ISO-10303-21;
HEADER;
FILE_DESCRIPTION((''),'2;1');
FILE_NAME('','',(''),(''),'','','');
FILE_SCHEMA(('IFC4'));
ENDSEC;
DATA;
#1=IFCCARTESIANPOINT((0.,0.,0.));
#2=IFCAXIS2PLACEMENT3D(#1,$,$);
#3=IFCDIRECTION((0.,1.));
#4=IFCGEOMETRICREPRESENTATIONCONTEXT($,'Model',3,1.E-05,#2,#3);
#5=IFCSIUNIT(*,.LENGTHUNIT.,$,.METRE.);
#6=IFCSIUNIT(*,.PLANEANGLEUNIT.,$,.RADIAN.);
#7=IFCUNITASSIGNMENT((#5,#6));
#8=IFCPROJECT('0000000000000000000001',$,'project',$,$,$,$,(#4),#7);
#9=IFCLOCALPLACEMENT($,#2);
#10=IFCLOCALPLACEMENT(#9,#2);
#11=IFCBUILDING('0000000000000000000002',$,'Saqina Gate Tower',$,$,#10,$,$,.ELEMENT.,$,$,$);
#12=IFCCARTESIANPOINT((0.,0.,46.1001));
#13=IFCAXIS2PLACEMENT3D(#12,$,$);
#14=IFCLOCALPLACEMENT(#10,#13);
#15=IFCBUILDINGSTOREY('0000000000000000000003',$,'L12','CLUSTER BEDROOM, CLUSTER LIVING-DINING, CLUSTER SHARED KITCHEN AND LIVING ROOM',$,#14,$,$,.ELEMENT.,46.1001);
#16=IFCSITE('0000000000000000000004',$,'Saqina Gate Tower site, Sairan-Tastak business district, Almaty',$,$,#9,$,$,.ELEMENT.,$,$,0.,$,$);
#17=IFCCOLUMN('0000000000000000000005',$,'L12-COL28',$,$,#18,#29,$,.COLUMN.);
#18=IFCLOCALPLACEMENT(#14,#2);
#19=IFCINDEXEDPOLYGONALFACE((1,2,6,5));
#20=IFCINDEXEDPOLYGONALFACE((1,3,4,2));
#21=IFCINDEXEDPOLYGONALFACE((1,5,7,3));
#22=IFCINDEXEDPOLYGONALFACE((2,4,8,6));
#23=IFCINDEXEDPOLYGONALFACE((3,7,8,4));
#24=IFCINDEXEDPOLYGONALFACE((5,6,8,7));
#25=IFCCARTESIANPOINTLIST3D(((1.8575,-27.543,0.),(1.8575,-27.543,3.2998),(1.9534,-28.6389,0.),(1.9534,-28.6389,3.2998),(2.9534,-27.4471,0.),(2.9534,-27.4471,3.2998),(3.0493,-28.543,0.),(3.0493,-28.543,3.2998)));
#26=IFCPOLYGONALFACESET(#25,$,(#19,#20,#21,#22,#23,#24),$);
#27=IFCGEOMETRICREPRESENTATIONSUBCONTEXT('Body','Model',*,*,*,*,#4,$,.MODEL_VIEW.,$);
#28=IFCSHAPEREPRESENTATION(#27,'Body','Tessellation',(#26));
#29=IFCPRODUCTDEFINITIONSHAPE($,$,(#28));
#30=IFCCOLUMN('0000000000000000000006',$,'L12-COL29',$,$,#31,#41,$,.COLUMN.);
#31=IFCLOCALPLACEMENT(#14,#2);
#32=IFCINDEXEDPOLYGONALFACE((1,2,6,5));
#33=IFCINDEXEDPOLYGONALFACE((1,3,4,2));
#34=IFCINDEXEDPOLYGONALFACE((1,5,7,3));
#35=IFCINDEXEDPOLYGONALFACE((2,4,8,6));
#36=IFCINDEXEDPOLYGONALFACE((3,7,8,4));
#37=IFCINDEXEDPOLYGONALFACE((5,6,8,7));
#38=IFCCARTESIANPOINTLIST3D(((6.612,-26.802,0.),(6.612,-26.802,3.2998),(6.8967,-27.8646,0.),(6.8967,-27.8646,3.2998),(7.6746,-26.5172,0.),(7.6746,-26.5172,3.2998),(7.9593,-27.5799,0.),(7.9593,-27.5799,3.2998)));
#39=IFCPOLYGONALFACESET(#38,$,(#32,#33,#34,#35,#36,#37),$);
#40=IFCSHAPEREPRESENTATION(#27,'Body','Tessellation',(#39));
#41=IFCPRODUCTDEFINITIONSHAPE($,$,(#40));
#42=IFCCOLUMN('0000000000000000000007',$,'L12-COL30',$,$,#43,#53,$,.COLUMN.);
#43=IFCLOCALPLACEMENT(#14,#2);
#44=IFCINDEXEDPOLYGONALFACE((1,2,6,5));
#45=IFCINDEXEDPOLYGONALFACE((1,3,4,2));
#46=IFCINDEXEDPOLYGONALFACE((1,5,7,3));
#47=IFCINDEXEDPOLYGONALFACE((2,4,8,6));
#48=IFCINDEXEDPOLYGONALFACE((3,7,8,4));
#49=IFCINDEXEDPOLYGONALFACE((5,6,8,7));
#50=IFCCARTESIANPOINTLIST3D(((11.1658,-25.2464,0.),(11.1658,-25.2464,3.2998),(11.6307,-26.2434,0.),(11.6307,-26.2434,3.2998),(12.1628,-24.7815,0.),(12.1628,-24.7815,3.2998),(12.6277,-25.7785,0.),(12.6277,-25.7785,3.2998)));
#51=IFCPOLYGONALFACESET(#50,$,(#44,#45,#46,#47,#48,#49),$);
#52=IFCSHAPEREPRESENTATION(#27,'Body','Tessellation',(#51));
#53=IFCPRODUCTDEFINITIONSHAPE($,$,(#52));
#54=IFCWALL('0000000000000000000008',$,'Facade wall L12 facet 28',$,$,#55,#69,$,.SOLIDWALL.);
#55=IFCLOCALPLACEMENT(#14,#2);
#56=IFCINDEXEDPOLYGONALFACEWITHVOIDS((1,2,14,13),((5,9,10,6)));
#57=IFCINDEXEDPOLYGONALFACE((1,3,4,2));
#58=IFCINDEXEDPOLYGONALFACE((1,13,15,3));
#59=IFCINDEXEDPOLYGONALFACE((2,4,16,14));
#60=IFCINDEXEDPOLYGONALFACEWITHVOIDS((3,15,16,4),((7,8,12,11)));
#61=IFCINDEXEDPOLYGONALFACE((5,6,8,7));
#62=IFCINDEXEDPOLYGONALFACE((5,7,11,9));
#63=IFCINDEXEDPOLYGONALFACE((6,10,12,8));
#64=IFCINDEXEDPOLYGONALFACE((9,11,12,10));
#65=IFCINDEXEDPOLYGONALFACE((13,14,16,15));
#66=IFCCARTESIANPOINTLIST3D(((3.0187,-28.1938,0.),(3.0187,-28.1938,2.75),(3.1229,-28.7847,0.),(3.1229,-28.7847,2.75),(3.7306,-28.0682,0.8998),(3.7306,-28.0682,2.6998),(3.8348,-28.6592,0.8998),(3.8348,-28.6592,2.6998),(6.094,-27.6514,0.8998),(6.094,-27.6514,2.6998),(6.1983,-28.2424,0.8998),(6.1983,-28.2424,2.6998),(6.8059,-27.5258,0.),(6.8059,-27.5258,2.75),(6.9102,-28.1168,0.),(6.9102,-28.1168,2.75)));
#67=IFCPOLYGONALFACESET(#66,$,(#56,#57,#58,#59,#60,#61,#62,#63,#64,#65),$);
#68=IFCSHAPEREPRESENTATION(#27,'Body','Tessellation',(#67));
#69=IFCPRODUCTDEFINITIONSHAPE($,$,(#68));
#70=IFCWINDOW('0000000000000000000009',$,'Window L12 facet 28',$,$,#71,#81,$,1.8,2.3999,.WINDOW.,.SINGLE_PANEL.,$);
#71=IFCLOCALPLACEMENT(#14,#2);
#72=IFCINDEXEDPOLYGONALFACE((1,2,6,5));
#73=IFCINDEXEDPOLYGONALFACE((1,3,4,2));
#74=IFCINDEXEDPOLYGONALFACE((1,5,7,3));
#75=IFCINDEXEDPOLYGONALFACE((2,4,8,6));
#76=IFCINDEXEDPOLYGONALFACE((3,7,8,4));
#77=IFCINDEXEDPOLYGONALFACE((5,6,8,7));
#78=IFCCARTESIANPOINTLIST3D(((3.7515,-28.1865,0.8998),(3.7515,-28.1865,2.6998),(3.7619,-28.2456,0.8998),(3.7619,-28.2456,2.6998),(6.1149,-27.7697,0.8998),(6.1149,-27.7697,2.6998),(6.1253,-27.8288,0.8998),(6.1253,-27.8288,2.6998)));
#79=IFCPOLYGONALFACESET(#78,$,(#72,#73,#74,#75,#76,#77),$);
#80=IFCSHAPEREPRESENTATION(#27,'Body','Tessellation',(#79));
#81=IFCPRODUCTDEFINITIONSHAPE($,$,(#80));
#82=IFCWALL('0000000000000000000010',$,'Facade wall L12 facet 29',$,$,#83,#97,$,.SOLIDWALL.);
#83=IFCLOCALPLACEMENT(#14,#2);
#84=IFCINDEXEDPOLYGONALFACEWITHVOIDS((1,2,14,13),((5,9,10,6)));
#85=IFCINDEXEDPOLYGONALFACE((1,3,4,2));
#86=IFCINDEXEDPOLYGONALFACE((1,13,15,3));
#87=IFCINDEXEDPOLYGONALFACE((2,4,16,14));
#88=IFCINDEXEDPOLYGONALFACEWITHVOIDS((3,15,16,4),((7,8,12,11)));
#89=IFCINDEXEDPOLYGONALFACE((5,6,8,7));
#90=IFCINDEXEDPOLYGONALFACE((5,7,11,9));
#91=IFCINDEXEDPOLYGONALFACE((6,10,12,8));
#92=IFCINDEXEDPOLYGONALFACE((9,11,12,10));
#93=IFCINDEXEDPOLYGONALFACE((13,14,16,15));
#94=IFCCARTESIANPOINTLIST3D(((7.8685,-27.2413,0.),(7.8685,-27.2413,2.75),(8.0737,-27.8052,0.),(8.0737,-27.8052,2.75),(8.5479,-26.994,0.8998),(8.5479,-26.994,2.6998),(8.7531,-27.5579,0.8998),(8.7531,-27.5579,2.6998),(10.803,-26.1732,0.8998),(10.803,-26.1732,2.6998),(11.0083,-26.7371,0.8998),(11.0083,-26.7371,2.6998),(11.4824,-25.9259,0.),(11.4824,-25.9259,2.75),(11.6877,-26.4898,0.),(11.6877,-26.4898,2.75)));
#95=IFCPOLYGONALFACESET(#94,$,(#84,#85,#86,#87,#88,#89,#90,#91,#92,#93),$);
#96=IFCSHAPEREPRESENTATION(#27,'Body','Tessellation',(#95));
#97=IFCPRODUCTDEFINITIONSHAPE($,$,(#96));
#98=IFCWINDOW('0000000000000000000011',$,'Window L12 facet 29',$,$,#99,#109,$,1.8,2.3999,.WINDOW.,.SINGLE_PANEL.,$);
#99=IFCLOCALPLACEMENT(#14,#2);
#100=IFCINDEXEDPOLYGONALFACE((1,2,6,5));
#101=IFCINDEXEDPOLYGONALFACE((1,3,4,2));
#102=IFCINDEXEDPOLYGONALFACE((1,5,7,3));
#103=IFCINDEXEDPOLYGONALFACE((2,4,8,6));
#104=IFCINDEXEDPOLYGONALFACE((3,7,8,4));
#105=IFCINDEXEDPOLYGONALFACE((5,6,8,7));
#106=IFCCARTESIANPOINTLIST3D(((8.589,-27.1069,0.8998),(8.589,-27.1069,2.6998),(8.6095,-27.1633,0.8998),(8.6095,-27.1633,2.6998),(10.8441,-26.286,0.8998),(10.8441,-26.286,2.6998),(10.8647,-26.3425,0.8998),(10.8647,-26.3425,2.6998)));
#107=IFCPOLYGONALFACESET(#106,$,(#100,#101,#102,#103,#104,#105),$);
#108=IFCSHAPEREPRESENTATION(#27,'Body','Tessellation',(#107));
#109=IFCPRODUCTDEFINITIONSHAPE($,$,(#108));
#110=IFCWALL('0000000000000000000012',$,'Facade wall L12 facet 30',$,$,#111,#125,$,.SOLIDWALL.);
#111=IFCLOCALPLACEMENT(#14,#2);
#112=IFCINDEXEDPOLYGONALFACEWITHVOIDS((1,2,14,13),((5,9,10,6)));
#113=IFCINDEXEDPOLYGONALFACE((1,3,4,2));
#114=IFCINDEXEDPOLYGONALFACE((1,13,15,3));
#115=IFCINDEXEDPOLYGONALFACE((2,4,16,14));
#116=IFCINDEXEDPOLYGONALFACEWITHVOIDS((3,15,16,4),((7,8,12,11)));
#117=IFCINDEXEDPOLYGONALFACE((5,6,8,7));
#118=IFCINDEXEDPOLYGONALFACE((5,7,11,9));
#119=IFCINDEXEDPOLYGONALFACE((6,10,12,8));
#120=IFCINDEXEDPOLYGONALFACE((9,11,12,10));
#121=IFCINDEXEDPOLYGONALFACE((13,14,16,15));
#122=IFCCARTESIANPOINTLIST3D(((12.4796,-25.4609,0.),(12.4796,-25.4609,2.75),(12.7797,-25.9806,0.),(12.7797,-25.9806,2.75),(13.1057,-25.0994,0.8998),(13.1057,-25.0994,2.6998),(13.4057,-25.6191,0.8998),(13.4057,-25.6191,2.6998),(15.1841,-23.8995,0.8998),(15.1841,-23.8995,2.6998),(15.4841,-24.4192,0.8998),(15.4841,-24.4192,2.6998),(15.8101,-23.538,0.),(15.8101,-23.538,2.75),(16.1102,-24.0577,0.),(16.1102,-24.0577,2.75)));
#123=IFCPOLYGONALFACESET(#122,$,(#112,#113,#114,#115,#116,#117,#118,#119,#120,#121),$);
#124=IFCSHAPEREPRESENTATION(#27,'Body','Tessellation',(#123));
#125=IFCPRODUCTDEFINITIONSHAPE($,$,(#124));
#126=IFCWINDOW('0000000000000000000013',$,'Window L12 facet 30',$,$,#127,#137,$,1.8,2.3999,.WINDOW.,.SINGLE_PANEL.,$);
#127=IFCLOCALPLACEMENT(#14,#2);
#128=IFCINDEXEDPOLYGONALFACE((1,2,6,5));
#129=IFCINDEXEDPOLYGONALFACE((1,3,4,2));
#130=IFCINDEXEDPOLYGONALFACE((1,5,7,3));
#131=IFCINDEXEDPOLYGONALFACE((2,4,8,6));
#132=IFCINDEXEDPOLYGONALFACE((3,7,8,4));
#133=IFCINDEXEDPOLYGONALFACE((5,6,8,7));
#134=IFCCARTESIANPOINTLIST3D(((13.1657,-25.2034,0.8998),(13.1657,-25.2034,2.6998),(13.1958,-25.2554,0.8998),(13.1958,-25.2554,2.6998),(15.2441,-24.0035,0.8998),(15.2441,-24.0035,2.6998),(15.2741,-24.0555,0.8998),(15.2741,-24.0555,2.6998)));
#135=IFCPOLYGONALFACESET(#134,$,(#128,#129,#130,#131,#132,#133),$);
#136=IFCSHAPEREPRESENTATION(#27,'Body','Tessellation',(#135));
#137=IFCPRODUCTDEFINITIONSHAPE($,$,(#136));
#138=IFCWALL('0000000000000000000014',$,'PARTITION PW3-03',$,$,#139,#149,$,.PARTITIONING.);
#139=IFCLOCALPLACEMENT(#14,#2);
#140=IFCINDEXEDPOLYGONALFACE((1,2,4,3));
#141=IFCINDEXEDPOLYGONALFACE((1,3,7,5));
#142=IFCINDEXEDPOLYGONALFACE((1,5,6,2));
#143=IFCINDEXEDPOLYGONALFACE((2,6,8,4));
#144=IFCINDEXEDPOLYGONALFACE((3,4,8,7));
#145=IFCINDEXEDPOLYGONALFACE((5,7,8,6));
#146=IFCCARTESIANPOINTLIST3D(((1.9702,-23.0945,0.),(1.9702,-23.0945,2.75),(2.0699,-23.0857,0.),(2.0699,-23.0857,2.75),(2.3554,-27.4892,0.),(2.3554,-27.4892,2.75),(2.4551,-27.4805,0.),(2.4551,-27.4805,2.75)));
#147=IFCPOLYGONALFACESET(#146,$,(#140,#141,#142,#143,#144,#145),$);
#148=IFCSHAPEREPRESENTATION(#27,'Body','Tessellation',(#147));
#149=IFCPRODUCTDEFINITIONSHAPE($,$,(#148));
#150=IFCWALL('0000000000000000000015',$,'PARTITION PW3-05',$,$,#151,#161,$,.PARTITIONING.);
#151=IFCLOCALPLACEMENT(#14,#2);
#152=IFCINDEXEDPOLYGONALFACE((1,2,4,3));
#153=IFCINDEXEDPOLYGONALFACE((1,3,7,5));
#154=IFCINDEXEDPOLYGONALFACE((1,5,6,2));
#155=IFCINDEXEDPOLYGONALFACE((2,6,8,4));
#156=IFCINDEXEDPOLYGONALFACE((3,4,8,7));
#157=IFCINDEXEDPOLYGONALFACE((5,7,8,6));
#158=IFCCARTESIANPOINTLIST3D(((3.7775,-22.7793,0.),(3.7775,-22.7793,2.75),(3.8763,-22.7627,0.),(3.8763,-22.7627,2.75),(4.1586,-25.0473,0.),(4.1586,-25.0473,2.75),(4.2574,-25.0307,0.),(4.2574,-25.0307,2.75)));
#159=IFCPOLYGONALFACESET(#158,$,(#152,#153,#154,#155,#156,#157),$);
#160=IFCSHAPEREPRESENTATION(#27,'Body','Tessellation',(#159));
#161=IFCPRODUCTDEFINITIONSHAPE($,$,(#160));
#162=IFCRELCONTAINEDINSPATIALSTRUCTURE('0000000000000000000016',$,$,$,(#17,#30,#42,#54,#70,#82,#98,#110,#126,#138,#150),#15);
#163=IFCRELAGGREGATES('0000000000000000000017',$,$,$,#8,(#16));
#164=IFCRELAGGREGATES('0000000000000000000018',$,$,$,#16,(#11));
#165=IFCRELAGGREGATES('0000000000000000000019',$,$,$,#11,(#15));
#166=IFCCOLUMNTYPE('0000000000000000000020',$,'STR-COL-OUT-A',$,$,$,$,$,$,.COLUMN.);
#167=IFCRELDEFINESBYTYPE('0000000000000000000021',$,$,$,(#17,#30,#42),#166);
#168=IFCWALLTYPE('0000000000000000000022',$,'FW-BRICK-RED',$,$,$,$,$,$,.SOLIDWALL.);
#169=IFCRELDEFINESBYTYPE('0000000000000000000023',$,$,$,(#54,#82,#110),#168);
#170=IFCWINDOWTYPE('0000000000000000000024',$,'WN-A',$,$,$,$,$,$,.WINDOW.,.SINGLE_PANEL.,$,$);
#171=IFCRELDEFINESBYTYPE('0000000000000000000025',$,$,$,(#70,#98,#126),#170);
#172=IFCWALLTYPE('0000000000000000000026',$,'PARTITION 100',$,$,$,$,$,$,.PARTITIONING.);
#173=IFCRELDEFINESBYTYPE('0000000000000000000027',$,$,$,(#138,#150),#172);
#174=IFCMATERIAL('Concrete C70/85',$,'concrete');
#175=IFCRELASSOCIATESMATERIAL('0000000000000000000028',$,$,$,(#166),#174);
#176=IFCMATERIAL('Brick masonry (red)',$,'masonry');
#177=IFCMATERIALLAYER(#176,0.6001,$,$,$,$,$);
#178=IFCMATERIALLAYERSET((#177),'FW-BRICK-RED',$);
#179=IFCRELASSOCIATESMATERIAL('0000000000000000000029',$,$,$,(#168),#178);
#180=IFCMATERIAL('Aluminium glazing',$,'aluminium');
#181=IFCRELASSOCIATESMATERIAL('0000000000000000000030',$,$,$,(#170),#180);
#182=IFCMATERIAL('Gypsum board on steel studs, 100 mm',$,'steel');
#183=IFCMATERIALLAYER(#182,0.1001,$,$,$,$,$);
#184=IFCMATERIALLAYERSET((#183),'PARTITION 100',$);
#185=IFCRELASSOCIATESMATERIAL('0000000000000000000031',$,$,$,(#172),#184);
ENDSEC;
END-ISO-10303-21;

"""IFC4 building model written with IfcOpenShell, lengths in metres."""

from ifc_helpers import new_model, si_unit, direction, frame, frame_2d, origin, origin_2d, place, context, subcontext, project, spatial, rectangle, extrude, material, layer, layer_set, material_profile, profile_set, type_object, element, fill, save


model = new_model("IFC4")

# Units and contexts
model_context = context("Model", 3, precision=1e-05, world=origin(), true_north=direction((0.0, 1.0)))
body_context = subcontext(model_context, "Body", "Model", "MODEL_VIEW")
ifc_project = project(units=[si_unit("LENGTHUNIT", "METRE"), si_unit("PLANEANGLEUNIT", "RADIAN")], contexts=[model_context])

# Site, building, storey
site_placement = place(None, origin())
site = spatial("IfcSite", under=ifc_project, at=site_placement, Name="Saqina Gate Tower site, Sairan-Tastak business district, Almaty", CompositionType="ELEMENT", RefElevation=0.0)
building_placement = place(site_placement, origin())
building = spatial("IfcBuilding", under=site, at=building_placement, Name="Saqina Gate Tower", CompositionType="ELEMENT")
storey_placement = place(building_placement, frame((0.0, 0.0, 46.1001)))
storey = spatial("IfcBuildingStorey", under=building, at=storey_placement, Name="L12", Description="CLUSTER BEDROOM, CLUSTER LIVING-DINING, CLUSTER SHARED KITCHEN AND LIVING ROOM", CompositionType="ELEMENT", Elevation=46.1001)

# Columns
ifc_material_1 = material(Name="Concrete C70/85", Category="concrete")
ifc_material_profile = material_profile(ifc_material_1, rectangle(XDim=1.1001, YDim=1.1001, at=origin_2d()), Name="RC 1100x1100")
ifc_profile_set = profile_set([ifc_material_profile], Name="Concrete C70/85")
column_type = type_object("IfcColumnType", Name="STR-COL-OUT-A", PredefinedType="COLUMN", material=ifc_profile_set)
for number, where, z_axis, x_axis, name in (
    (1, (2.4534, -28.043, 0.0), (0.0, 0.0, 1.0), (0.087156, -0.996195, 0.0), "L12-COL28"),
    (2, (7.2856, -27.1909, 0.0), (0.0, 0.0, 1.0), (0.258819, -0.965926, 0.0), "L12-COL29"),
    (3, (11.8967, -25.5125, 0.0), (0.0, 0.0, 1.0), (0.422618, -0.906308, 0.0), "L12-COL30"),
):
    element("IfcColumn", number, at=place(storey_placement, frame(where, z_axis=z_axis, x_axis=x_axis)), inside=storey, type_object=column_type, Name=name, PredefinedType="COLUMN", context=body_context, shape_type="SweptSolid", body=[
        extrude(rectangle(XDim=1.1001, YDim=1.1001, at=origin_2d()), origin(), (0.0, 0.0, 1.0), 3.2998),
    ])

# Walls, openings, windows
ifc_material_2 = material(Name="Brick masonry (red)", Category="masonry")
ifc_layer_1 = layer(ifc_material_2, 0.6001)
ifc_layer_set_1 = layer_set([ifc_layer_1], Name="FW-BRICK-RED")
wall_type_1 = type_object("IfcWallType", Name="FW-BRICK-RED", PredefinedType="SOLIDWALL", material=ifc_layer_set_1)
wall_1_placement = place(storey_placement, frame((3.0708, -28.4893, 0.0), z_axis=(0.0, 0.0, 1.0), x_axis=(0.984801, 0.173688, 0.0)))
wall_1 = element("IfcWall", 4, at=wall_1_placement, inside=storey, type_object=wall_type_1, Name="Facade wall L12 facet 28", PredefinedType="SOLIDWALL", context=body_context, shape_type="SweptSolid", body=[
    extrude(rectangle(XDim=3.8457, YDim=0.6001, at=frame_2d((1.9229, 0.0))), origin(), (0.0, 0.0, 1.0), 2.75),
])
opening_1_placement = place(wall_1_placement, frame((0.7229, 0.0, 0.8999)))
opening_1 = element("IfcOpeningElement", 5, at=opening_1_placement, cuts=wall_1, PredefinedType="OPENING", context=body_context, shape_type="SweptSolid", body=[
    extrude(rectangle(XDim=2.3999, YDim=1.8, at=frame_2d((1.2, 0.8999))), frame((0.0, 0.312, 0.0), z_axis=(0.0, -1.0, 0.0), x_axis=(1.0, 0.0, 0.0)), (0.0, 0.0, 1.0), 0.624),
])
ifc_material_3 = material(Name="Aluminium glazing", Category="aluminium")
window_type = type_object("IfcWindowType", Name="WN-A", PartitioningType="SINGLE_PANEL", PredefinedType="WINDOW", material=ifc_material_3)
window_1_placement = place(opening_1_placement, origin())
window_1 = element("IfcWindow", 6, at=window_1_placement, inside=storey, type_object=window_type, Name="Window L12 facet 28", OverallHeight=1.8, OverallWidth=2.3999, PartitioningType="SINGLE_PANEL", PredefinedType="WINDOW", context=body_context, shape_type="SweptSolid", body=[
    extrude(rectangle(XDim=2.3999, YDim=1.8, at=frame_2d((1.2, 0.8999))), frame((0.0, 0.1799, 0.0), z_axis=(0.0, -1.0, 0.0), x_axis=(1.0, 0.0, 0.0)), (0.0, 0.0, 1.0), 0.0601),
])
fill(opening_1, window_1)
wall_2_placement = place(storey_placement, frame((7.9712, -27.5232, 0.0), z_axis=(0.0, 0.0, 1.0), x_axis=(0.93969, 0.342028, 0.0)))
wall_2 = element("IfcWall", 7, at=wall_2_placement, inside=storey, type_object=wall_type_1, Name="Facade wall L12 facet 29", PredefinedType="SOLIDWALL", context=body_context, shape_type="SweptSolid", body=[
    extrude(rectangle(XDim=3.8459, YDim=0.6001, at=frame_2d((1.9229, 0.0))), origin(), (0.0, 0.0, 1.0), 2.75),
])
opening_2_placement = place(wall_2_placement, frame((0.7229, 0.0, 0.8999)))
opening_2 = element("IfcOpeningElement", 8, at=opening_2_placement, cuts=wall_2, PredefinedType="OPENING", context=body_context, shape_type="SweptSolid", body=[
    extrude(rectangle(XDim=2.3999, YDim=1.8, at=frame_2d((1.2, 0.8999))), frame((0.0, 0.312, 0.0), z_axis=(0.0, -1.0, 0.0), x_axis=(1.0, 0.0, 0.0)), (0.0, 0.0, 1.0), 0.624),
])
window_2_placement = place(opening_2_placement, origin())
window_2 = element("IfcWindow", 9, at=window_2_placement, inside=storey, type_object=window_type, Name="Window L12 facet 29", OverallHeight=1.8, OverallWidth=2.3999, PartitioningType="SINGLE_PANEL", PredefinedType="WINDOW", context=body_context, shape_type="SweptSolid", body=[
    extrude(rectangle(XDim=2.3999, YDim=1.8, at=frame_2d((1.2, 0.8999))), frame((0.0, 0.1799, 0.0), z_axis=(0.0, -1.0, 0.0), x_axis=(1.0, 0.0, 0.0)), (0.0, 0.0, 1.0), 0.0601),
])
fill(opening_2, window_2)
wall_3_placement = place(storey_placement, frame((12.6296, -25.7207, 0.0), z_axis=(0.0, 0.0, 1.0), x_axis=(0.866031, 0.49999, 0.0)))
wall_3 = element("IfcWall", 10, at=wall_3_placement, inside=storey, type_object=wall_type_1, Name="Facade wall L12 facet 30", PredefinedType="SOLIDWALL", context=body_context, shape_type="SweptSolid", body=[
    extrude(rectangle(XDim=3.8457, YDim=0.6001, at=frame_2d((1.9229, 0.0))), origin(), (0.0, 0.0, 1.0), 2.75),
])
opening_3_placement = place(wall_3_placement, frame((0.7229, 0.0, 0.8999)))
opening_3 = element("IfcOpeningElement", 11, at=opening_3_placement, cuts=wall_3, PredefinedType="OPENING", context=body_context, shape_type="SweptSolid", body=[
    extrude(rectangle(XDim=2.3999, YDim=1.8, at=frame_2d((1.2, 0.8999))), frame((0.0, 0.312, 0.0), z_axis=(0.0, -1.0, 0.0), x_axis=(1.0, 0.0, 0.0)), (0.0, 0.0, 1.0), 0.624),
])
window_3_placement = place(opening_3_placement, origin())
window_3 = element("IfcWindow", 12, at=window_3_placement, inside=storey, type_object=window_type, Name="Window L12 facet 30", OverallHeight=1.8, OverallWidth=2.3999, PartitioningType="SINGLE_PANEL", PredefinedType="WINDOW", context=body_context, shape_type="SweptSolid", body=[
    extrude(rectangle(XDim=2.3999, YDim=1.8, at=frame_2d((1.2, 0.8999))), frame((0.0, 0.1799, 0.0), z_axis=(0.0, -1.0, 0.0), x_axis=(1.0, 0.0, 0.0)), (0.0, 0.0, 1.0), 0.0601),
])
fill(opening_3, window_3)

# Walls
ifc_material_4 = material(Name="Gypsum board on steel studs, 100 mm", Category="steel")
ifc_layer_2 = layer(ifc_material_4, 0.1001)
ifc_layer_set_2 = layer_set([ifc_layer_2], Name="PARTITION 100")
wall_type_2 = type_object("IfcWallType", Name="PARTITION 100", PredefinedType="PARTITIONING", material=ifc_layer_set_2)
wall_4_placement = place(storey_placement, frame((2.02, -23.0901, 0.0), z_axis=(0.0, 0.0, 1.0), x_axis=(0.087327, -0.99618, 0.0)))
element("IfcWall", 13, at=wall_4_placement, inside=storey, type_object=wall_type_2, Name="PARTITION PW3-03", PredefinedType="PARTITIONING", context=body_context, shape_type="SweptSolid", body=[
    extrude(rectangle(XDim=4.4116, YDim=0.1001, at=frame_2d((2.2058, 0.0))), origin(), (0.0, 0.0, 1.0), 2.75),
])
wall_5_placement = place(storey_placement, frame((3.8269, -22.771, 0.0), z_axis=(0.0, 0.0, 1.0), x_axis=(0.165707, -0.986175, 0.0)))
element("IfcWall", 14, at=wall_5_placement, inside=storey, type_object=wall_type_2, Name="PARTITION PW3-05", PredefinedType="PARTITIONING", context=body_context, shape_type="SweptSolid", body=[
    extrude(rectangle(XDim=2.2998, YDim=0.1001, at=frame_2d((1.1499, 0.0))), origin(), (0.0, 0.0, 1.0), 2.75),
])

save(model, "model.ifc")
